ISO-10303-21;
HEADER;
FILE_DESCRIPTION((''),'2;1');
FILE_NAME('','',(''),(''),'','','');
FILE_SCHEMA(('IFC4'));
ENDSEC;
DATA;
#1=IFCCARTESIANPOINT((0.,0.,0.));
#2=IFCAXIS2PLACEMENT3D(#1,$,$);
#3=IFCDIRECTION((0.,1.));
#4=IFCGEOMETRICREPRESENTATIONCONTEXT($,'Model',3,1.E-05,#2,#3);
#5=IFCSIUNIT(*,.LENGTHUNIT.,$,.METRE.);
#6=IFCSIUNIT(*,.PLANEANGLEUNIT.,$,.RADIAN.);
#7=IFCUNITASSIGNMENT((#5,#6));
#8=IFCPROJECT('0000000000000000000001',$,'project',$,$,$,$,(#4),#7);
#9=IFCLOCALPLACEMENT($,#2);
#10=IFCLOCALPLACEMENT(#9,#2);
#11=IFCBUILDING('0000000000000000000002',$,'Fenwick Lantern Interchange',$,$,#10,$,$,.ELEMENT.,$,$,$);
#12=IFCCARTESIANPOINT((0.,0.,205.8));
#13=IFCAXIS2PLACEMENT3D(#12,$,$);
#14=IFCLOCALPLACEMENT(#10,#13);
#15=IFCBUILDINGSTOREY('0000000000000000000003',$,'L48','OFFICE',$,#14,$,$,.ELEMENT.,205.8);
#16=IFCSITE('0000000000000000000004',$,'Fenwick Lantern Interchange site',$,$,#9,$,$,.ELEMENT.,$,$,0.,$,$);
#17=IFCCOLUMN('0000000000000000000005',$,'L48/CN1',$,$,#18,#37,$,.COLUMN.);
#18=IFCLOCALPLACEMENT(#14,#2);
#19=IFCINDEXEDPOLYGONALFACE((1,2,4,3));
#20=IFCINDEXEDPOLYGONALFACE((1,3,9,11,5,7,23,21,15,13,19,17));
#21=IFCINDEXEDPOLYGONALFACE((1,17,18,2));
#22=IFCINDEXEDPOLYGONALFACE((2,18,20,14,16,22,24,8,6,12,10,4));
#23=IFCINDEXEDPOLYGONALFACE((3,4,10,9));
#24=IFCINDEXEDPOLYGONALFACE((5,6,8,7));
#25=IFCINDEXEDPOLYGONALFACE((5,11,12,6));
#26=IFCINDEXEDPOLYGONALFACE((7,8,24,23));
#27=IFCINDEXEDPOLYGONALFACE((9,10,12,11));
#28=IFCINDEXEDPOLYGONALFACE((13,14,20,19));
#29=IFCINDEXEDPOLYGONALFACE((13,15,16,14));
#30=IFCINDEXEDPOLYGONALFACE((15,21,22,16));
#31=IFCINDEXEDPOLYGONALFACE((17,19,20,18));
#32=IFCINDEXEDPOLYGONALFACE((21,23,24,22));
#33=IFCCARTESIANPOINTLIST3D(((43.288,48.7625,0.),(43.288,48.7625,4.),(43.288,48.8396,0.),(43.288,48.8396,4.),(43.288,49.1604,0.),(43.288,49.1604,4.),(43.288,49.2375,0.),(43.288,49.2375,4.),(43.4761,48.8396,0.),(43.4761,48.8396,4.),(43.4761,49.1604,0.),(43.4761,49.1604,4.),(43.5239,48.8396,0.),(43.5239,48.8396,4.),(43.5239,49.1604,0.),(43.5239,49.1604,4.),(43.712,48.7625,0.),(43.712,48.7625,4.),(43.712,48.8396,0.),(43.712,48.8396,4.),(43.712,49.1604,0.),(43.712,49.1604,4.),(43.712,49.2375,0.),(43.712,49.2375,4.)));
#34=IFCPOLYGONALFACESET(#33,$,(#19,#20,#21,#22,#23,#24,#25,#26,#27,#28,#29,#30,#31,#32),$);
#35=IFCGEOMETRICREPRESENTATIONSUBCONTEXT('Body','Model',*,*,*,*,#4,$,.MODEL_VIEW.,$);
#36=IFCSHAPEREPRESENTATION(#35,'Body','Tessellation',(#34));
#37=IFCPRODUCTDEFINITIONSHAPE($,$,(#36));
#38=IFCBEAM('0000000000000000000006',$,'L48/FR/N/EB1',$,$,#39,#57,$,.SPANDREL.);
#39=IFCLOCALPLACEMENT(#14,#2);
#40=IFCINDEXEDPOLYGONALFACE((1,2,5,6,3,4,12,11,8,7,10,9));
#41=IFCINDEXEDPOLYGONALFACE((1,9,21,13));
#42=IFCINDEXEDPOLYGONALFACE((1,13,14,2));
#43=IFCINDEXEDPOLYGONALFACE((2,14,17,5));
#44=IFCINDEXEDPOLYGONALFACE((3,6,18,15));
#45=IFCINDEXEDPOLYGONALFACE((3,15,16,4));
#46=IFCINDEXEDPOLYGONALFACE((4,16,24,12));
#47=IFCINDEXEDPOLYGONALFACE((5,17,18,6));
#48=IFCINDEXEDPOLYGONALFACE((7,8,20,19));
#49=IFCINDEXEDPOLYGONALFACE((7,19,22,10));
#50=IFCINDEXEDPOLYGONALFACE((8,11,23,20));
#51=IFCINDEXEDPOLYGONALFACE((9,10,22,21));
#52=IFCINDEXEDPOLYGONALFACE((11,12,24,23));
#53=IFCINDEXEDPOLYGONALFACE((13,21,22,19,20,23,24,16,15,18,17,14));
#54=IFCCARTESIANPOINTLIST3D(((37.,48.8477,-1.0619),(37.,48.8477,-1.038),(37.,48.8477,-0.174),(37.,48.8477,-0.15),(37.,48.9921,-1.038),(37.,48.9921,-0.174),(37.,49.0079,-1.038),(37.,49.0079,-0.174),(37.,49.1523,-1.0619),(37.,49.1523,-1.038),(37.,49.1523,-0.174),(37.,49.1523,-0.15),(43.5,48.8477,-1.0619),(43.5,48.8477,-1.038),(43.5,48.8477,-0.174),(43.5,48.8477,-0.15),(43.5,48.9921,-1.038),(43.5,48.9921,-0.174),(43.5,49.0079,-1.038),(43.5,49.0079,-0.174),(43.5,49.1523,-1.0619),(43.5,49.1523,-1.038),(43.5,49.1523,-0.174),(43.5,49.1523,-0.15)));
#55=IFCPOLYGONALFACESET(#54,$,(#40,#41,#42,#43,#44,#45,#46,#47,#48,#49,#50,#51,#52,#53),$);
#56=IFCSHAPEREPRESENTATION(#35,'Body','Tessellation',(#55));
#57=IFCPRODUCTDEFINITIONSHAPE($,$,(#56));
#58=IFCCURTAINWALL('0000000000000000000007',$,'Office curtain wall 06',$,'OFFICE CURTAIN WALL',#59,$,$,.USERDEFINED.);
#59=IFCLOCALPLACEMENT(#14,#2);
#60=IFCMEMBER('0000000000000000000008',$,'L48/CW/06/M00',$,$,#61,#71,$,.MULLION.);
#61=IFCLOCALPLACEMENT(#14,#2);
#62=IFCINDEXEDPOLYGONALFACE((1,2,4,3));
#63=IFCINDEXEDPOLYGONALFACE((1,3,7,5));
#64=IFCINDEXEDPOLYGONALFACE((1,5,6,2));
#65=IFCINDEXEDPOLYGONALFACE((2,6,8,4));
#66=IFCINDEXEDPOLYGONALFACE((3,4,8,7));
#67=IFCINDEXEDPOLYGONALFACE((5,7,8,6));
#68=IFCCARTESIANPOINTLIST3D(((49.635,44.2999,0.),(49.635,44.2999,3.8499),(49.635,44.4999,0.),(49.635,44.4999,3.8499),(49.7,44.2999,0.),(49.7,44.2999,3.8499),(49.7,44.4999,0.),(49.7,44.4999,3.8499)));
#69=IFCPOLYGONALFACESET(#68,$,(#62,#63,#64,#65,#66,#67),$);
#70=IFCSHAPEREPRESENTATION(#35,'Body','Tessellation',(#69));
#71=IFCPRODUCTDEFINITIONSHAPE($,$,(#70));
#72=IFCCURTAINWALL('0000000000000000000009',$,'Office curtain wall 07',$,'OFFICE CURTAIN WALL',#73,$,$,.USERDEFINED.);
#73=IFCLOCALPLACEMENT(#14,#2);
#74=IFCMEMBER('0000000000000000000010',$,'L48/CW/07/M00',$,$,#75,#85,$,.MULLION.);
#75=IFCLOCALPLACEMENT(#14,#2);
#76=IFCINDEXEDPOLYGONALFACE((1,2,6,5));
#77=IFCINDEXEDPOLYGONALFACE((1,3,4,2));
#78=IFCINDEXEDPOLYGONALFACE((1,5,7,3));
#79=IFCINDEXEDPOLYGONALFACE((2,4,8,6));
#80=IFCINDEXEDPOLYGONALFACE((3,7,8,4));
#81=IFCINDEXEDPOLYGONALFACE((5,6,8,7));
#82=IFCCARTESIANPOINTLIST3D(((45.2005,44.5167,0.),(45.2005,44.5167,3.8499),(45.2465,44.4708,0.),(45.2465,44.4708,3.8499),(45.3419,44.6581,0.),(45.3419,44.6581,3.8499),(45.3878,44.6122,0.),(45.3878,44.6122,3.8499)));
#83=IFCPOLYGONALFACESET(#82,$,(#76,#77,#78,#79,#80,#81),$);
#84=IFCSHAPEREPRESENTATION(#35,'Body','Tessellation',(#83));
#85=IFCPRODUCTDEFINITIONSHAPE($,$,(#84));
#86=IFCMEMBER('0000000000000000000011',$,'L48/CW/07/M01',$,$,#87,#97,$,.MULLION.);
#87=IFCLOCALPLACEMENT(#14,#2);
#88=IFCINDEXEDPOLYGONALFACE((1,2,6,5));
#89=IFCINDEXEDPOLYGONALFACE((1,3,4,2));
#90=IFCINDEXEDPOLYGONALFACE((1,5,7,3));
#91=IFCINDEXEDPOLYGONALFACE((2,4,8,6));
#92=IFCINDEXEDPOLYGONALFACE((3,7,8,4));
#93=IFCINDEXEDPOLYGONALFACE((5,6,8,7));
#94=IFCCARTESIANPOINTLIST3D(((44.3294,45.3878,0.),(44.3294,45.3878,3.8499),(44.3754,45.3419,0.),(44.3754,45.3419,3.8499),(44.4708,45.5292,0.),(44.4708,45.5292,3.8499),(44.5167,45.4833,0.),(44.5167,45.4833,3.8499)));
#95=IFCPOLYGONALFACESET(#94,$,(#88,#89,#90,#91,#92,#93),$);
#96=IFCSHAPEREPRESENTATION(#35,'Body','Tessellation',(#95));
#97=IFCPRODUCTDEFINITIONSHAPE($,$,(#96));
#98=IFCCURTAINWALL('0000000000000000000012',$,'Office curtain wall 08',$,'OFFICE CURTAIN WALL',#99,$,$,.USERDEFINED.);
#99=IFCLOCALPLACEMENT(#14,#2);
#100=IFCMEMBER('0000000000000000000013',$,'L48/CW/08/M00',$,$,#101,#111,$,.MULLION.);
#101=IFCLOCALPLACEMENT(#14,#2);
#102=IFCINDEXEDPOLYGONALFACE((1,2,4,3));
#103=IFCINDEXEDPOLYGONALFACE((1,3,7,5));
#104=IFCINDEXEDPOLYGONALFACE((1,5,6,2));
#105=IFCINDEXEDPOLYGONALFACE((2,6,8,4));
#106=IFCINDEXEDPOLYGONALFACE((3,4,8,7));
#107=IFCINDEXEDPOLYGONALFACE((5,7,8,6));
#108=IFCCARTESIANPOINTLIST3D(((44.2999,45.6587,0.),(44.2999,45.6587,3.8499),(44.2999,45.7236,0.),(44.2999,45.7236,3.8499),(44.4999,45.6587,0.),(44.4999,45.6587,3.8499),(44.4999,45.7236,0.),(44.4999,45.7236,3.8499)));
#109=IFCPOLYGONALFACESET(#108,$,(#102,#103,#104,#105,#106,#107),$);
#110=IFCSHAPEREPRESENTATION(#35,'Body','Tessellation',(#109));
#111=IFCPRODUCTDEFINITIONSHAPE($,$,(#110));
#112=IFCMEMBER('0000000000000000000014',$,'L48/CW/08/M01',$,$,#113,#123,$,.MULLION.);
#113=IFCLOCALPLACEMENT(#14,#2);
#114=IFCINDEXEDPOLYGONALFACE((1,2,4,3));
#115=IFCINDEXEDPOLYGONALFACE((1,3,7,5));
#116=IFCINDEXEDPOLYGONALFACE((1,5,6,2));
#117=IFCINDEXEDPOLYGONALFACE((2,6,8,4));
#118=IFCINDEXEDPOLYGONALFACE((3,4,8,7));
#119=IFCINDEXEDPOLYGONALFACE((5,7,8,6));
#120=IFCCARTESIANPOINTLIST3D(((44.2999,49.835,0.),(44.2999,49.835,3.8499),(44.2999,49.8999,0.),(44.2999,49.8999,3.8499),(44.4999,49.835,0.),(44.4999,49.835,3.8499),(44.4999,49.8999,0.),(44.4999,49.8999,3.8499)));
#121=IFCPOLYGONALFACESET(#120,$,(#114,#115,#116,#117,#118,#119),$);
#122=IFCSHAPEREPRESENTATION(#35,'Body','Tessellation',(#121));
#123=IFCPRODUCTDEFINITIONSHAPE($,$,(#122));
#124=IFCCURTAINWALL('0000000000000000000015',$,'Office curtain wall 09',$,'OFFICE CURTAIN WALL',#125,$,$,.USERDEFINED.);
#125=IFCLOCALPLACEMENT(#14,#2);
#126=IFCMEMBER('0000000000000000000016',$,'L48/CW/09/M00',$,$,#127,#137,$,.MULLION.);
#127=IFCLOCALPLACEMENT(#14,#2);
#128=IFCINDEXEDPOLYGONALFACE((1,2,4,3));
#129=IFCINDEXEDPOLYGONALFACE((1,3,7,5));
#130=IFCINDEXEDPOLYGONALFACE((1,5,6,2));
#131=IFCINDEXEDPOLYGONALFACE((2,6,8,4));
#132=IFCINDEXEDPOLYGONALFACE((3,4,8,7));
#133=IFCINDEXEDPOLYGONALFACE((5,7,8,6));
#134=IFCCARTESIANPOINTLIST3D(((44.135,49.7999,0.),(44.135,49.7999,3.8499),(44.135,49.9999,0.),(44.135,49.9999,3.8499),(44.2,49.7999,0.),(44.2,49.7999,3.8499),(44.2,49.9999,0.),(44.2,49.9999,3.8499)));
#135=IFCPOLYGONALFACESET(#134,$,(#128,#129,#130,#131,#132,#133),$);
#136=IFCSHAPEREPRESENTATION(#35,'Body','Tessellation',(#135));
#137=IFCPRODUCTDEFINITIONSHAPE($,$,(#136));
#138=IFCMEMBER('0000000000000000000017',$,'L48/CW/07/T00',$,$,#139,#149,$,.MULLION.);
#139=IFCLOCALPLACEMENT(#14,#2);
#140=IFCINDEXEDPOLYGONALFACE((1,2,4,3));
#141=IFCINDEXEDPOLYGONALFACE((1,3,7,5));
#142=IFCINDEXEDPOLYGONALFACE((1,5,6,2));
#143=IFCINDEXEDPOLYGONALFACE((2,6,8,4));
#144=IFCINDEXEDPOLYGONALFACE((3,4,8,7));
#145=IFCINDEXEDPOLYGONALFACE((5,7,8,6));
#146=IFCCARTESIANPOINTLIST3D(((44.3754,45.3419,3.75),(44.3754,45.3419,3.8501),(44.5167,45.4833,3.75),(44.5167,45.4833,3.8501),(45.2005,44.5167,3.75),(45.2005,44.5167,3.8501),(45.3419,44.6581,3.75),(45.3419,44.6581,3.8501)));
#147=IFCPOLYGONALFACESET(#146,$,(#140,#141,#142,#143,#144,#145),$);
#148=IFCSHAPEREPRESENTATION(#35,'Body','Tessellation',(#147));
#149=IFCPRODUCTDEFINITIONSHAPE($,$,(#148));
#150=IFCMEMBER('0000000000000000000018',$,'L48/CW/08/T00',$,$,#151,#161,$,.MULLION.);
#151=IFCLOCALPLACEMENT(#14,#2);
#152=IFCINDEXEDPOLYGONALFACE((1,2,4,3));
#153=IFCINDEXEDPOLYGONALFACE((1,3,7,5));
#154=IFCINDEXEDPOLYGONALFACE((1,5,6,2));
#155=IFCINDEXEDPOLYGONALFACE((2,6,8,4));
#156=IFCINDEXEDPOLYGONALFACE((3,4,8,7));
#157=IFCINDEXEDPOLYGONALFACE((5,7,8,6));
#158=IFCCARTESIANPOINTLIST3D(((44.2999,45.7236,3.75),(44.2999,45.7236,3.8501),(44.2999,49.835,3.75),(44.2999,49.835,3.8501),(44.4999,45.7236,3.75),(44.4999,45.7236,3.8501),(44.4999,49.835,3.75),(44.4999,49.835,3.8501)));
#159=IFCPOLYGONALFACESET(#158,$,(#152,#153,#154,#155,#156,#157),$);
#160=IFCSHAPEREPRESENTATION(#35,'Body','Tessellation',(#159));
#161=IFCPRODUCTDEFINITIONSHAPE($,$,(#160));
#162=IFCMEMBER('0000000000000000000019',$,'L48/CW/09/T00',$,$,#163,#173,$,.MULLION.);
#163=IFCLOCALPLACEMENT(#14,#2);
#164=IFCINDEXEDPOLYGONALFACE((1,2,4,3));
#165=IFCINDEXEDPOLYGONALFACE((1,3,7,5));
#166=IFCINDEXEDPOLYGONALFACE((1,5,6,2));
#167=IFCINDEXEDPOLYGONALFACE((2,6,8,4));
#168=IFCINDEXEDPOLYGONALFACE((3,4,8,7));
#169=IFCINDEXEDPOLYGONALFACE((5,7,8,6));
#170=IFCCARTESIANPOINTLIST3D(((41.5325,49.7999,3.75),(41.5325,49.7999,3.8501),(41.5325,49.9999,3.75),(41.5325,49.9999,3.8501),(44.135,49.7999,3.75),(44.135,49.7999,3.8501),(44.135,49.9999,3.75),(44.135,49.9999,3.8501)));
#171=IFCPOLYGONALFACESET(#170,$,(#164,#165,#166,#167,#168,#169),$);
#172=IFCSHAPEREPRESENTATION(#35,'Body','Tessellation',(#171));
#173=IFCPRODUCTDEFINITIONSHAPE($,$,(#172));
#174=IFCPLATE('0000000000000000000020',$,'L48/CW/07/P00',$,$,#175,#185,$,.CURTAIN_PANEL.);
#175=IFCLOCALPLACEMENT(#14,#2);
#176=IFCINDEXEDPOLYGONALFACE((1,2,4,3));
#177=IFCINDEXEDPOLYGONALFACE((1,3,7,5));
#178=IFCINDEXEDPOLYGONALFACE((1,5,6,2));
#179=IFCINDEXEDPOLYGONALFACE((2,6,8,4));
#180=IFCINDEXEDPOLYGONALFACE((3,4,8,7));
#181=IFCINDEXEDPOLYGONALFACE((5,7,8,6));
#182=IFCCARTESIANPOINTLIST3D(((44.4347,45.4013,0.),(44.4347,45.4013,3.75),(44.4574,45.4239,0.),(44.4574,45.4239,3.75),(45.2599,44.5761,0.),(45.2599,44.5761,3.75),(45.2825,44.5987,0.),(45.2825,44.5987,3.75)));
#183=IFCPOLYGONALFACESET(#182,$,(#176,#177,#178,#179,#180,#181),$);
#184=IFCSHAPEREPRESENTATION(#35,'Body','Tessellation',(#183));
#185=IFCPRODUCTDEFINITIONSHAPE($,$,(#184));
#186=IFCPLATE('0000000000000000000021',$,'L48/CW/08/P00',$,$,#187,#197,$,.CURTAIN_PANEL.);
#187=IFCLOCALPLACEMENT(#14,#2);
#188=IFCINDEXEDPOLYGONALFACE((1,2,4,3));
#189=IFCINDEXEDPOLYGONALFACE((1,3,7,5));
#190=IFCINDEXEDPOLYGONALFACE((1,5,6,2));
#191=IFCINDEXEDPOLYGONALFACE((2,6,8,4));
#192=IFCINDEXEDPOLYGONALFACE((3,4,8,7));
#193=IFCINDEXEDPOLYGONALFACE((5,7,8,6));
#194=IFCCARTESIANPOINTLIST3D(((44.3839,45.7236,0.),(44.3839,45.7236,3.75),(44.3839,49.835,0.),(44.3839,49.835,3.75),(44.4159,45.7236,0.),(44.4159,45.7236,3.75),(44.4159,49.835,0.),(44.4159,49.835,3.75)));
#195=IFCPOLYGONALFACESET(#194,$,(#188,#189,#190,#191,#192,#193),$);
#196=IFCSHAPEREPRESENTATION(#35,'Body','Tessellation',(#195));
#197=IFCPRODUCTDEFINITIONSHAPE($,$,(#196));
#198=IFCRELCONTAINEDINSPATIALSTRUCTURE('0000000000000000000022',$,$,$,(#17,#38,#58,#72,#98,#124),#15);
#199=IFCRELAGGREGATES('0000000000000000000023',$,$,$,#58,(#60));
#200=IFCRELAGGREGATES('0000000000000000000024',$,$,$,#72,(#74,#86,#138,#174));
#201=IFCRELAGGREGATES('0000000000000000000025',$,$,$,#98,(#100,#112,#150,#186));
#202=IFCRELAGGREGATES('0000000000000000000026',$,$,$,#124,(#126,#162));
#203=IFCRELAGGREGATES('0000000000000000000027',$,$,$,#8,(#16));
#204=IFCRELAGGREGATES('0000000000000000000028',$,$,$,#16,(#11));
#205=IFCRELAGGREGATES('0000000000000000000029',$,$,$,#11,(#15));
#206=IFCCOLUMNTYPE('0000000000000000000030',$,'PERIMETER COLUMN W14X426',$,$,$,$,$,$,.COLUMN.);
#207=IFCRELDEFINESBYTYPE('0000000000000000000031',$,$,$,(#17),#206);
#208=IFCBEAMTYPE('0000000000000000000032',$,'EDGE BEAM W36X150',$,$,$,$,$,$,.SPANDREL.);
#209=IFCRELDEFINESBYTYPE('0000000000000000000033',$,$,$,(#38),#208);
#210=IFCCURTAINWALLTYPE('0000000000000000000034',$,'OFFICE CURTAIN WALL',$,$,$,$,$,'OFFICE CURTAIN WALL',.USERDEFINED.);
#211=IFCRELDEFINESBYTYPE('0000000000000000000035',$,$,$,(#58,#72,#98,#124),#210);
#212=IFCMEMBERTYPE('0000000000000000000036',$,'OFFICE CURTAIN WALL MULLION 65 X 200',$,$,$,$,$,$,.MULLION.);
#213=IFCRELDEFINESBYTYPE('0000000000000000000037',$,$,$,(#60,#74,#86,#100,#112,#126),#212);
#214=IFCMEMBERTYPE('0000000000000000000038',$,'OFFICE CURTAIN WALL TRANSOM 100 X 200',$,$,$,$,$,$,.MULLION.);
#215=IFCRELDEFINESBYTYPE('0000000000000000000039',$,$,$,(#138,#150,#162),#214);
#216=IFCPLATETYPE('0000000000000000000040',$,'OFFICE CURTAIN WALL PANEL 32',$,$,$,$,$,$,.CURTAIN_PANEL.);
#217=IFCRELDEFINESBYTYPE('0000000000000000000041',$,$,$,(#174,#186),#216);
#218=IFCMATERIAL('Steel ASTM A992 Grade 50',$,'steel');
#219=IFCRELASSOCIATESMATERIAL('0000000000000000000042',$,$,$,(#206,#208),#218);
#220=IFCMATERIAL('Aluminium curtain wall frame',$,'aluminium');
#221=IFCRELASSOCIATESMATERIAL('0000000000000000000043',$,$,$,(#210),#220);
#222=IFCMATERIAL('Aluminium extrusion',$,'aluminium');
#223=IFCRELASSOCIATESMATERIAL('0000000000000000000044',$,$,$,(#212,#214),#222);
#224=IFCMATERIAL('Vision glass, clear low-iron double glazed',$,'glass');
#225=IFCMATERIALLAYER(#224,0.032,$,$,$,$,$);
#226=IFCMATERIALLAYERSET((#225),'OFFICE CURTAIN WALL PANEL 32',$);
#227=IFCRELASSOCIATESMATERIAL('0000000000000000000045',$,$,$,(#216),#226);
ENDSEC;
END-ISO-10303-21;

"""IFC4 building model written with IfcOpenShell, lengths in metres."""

from ifc_helpers import new_model, si_unit, direction, frame, origin, origin_2d, place, context, subcontext, project, spatial, rectangle, i_section, extrude, material, layer, layer_set, material_profile, profile_set, type_object, element, aggregate, save


model = new_model("IFC4")

# Units and contexts
model_context = context("Model", 3, precision=1e-05, world=origin(), true_north=direction((0.0, 1.0)))
body_context = subcontext(model_context, "Body", "Model", "MODEL_VIEW")
ifc_project = project(units=[si_unit("LENGTHUNIT", "METRE"), si_unit("PLANEANGLEUNIT", "RADIAN")], contexts=[model_context])

# Site, building, storey
site_placement = place(None, origin())
site = spatial("IfcSite", under=ifc_project, at=site_placement, Name="Fenwick Lantern Interchange site", CompositionType="ELEMENT", RefElevation=0.0)
building_placement = place(site_placement, origin())
building = spatial("IfcBuilding", under=site, at=building_placement, Name="Fenwick Lantern Interchange", CompositionType="ELEMENT")
storey_placement = place(building_placement, frame((0.0, 0.0, 205.8)))
storey = spatial("IfcBuildingStorey", under=building, at=storey_placement, Name="L48", Description="OFFICE", CompositionType="ELEMENT", Elevation=205.8)

# Column
ifc_material_1 = material(Name="Steel ASTM A992 Grade 50", Category="steel")
ifc_material_profile_1 = material_profile(ifc_material_1, i_section(OverallWidth=0.4241, OverallDepth=0.4751, WebThickness=0.0479, FlangeThickness=0.0771, at=origin_2d()), Name="W14X426")
ifc_profile_set_1 = profile_set([ifc_material_profile_1], Name="Steel ASTM A992 Grade 50")
column_type = type_object("IfcColumnType", Name="PERIMETER COLUMN W14X426", PredefinedType="COLUMN", material=ifc_profile_set_1)
column_placement = place(storey_placement, frame((43.5, 49.0, 0.0), z_axis=(0.0, 0.0, 1.0), x_axis=(1.0, 0.0, 0.0)))
element("IfcColumn", 1, at=column_placement, inside=storey, type_object=column_type, Name="L48/CN1", PredefinedType="COLUMN", context=body_context, shape_type="SweptSolid", body=[
    extrude(i_section(OverallWidth=0.4241, OverallDepth=0.4751, WebThickness=0.0479, FlangeThickness=0.0771, at=origin_2d()), origin(), (0.0, 0.0, 1.0), 4.0),
])

# Beam
ifc_material_profile_2 = material_profile(ifc_material_1, i_section(OverallWidth=0.3047, OverallDepth=0.9119, WebThickness=0.0159, FlangeThickness=0.0239, at=origin_2d()), Name="W36X150")
ifc_profile_set_2 = profile_set([ifc_material_profile_2], Name="Steel ASTM A992 Grade 50")
beam_type = type_object("IfcBeamType", Name="EDGE BEAM W36X150", PredefinedType="SPANDREL", material=ifc_profile_set_2)
beam_placement = place(storey_placement, frame((43.5, 49.0, -0.606), z_axis=(-1.0, 0.0, 0.0), x_axis=(0.0, -1.0, 0.0)))
element("IfcBeam", 2, at=beam_placement, inside=storey, type_object=beam_type, Name="L48/FR/N/EB1", PredefinedType="SPANDREL", context=body_context, shape_type="SweptSolid", body=[
    extrude(i_section(OverallWidth=0.3047, OverallDepth=0.9119, WebThickness=0.0159, FlangeThickness=0.0239, at=origin_2d()), origin(), (0.0, 0.0, 1.0), 6.5),
])

# Curtain wall, member
ifc_material_2 = material(Name="Aluminium curtain wall frame", Category="aluminium")
curtain_wall_type = type_object("IfcCurtainWallType", Name="OFFICE CURTAIN WALL", ElementType="OFFICE CURTAIN WALL", PredefinedType="USERDEFINED", material=ifc_material_2)
curtain_wall_1_placement = place(storey_placement, origin())
curtain_wall_1 = element("IfcCurtainWall", 3, at=curtain_wall_1_placement, inside=storey, type_object=curtain_wall_type, Name="Office curtain wall 06", ObjectType="OFFICE CURTAIN WALL", PredefinedType="USERDEFINED")
ifc_material_3 = material(Name="Aluminium extrusion", Category="aluminium")
ifc_material_profile_3 = material_profile(ifc_material_3, rectangle(XDim=0.2, YDim=0.0649, at=origin_2d()), Name="OFFICE CURTAIN WALL MULLION 65 X 200")
ifc_profile_set_3 = profile_set([ifc_material_profile_3], Name="Aluminium extrusion")
member_type_1 = type_object("IfcMemberType", Name="OFFICE CURTAIN WALL MULLION 65 X 200", PredefinedType="MULLION", material=ifc_profile_set_3)
member_1_placement = place(storey_placement, frame((49.6675, 44.3999, 0.0), z_axis=(0.0, 0.0, 1.0), x_axis=(0.0, -1.0, 0.0)))
member_1 = element("IfcMember", 4, at=member_1_placement, type_object=member_type_1, Name="L48/CW/06/M00", PredefinedType="MULLION", context=body_context, shape_type="SweptSolid", body=[
    extrude(rectangle(XDim=0.2, YDim=0.0649, at=origin_2d()), origin(), (0.0, 0.0, 1.0), 3.8499),
])
aggregate(curtain_wall_1, [member_1])

# Curtain walls, members
curtain_wall_2_placement = place(storey_placement, origin())
curtain_wall_2 = element("IfcCurtainWall", 5, at=curtain_wall_2_placement, inside=storey, type_object=curtain_wall_type, Name="Office curtain wall 07", ObjectType="OFFICE CURTAIN WALL", PredefinedType="USERDEFINED")
member_2_placement = place(storey_placement, frame((45.2942, 44.5645, 0.0), z_axis=(0.0, 0.0, 1.0), x_axis=(-0.707107, -0.707107, 0.0)))
member_2 = element("IfcMember", 6, at=member_2_placement, type_object=member_type_1, Name="L48/CW/07/M00", PredefinedType="MULLION", context=body_context, shape_type="SweptSolid", body=[
    extrude(rectangle(XDim=0.2, YDim=0.0649, at=origin_2d()), origin(), (0.0, 0.0, 1.0), 3.8499),
])
member_3_placement = place(storey_placement, frame((44.4231, 45.4355, 0.0), z_axis=(0.0, 0.0, 1.0), x_axis=(-0.707107, -0.707107, 0.0)))
member_3 = element("IfcMember", 7, at=member_3_placement, type_object=member_type_1, Name="L48/CW/07/M01", PredefinedType="MULLION", context=body_context, shape_type="SweptSolid", body=[
    extrude(rectangle(XDim=0.2, YDim=0.0649, at=origin_2d()), origin(), (0.0, 0.0, 1.0), 3.8499),
])
curtain_wall_3_placement = place(storey_placement, origin())
curtain_wall_3 = element("IfcCurtainWall", 8, at=curtain_wall_3_placement, inside=storey, type_object=curtain_wall_type, Name="Office curtain wall 08", ObjectType="OFFICE CURTAIN WALL", PredefinedType="USERDEFINED")
member_4_placement = place(storey_placement, frame((44.3999, 45.6912, 0.0), z_axis=(0.0, 0.0, 1.0), x_axis=(-1.0, 0.0, 0.0)))
member_4 = element("IfcMember", 9, at=member_4_placement, type_object=member_type_1, Name="L48/CW/08/M00", PredefinedType="MULLION", context=body_context, shape_type="SweptSolid", body=[
    extrude(rectangle(XDim=0.2, YDim=0.0649, at=origin_2d()), origin(), (0.0, 0.0, 1.0), 3.8499),
])
member_5_placement = place(storey_placement, frame((44.3999, 49.8674, 0.0), z_axis=(0.0, 0.0, 1.0), x_axis=(-1.0, 0.0, 0.0)))
member_5 = element("IfcMember", 10, at=member_5_placement, type_object=member_type_1, Name="L48/CW/08/M01", PredefinedType="MULLION", context=body_context, shape_type="SweptSolid", body=[
    extrude(rectangle(XDim=0.2, YDim=0.0649, at=origin_2d()), origin(), (0.0, 0.0, 1.0), 3.8499),
])

# Curtain wall, member
curtain_wall_4_placement = place(storey_placement, origin())
curtain_wall_4 = element("IfcCurtainWall", 11, at=curtain_wall_4_placement, inside=storey, type_object=curtain_wall_type, Name="Office curtain wall 09", ObjectType="OFFICE CURTAIN WALL", PredefinedType="USERDEFINED")
member_6_placement = place(storey_placement, frame((44.1675, 49.8999, 0.0), z_axis=(0.0, 0.0, 1.0), x_axis=(0.0, -1.0, 0.0)))
member_6 = element("IfcMember", 12, at=member_6_placement, type_object=member_type_1, Name="L48/CW/09/M00", PredefinedType="MULLION", context=body_context, shape_type="SweptSolid", body=[
    extrude(rectangle(XDim=0.2, YDim=0.0649, at=origin_2d()), origin(), (0.0, 0.0, 1.0), 3.8499),
])

# Members
ifc_material_profile_4 = material_profile(ifc_material_3, rectangle(XDim=0.2, YDim=0.1001, at=origin_2d()), Name="OFFICE CURTAIN WALL TRANSOM 100 X 200")
ifc_profile_set_4 = profile_set([ifc_material_profile_4], Name="Aluminium extrusion")
member_type_2 = type_object("IfcMemberType", Name="OFFICE CURTAIN WALL TRANSOM 100 X 200", PredefinedType="MULLION", material=ifc_profile_set_4)
member_7_placement = place(storey_placement, frame((45.2712, 44.5874, 3.8), z_axis=(-0.707107, 0.707107, 0.0), x_axis=(-0.707107, -0.707107, 0.0)))
member_7 = element("IfcMember", 13, at=member_7_placement, type_object=member_type_2, Name="L48/CW/07/T00", PredefinedType="MULLION", context=body_context, shape_type="SweptSolid", body=[
    extrude(rectangle(XDim=0.2, YDim=0.1001, at=origin_2d()), origin(), (0.0, 0.0, 1.0), 1.167),
])
member_8_placement = place(storey_placement, frame((44.3999, 45.7236, 3.8), z_axis=(0.0, 1.0, 0.0), x_axis=(-1.0, 0.0, 0.0)))
member_8 = element("IfcMember", 14, at=member_8_placement, type_object=member_type_2, Name="L48/CW/08/T00", PredefinedType="MULLION", context=body_context, shape_type="SweptSolid", body=[
    extrude(rectangle(XDim=0.2, YDim=0.1001, at=origin_2d()), origin(), (0.0, 0.0, 1.0), 4.1113),
])
member_9_placement = place(storey_placement, frame((44.135, 49.8999, 3.8), z_axis=(-1.0, 0.0, 0.0), x_axis=(0.0, -1.0, 0.0)))
member_9 = element("IfcMember", 15, at=member_9_placement, type_object=member_type_2, Name="L48/CW/09/T00", PredefinedType="MULLION", context=body_context, shape_type="SweptSolid", body=[
    extrude(rectangle(XDim=0.2, YDim=0.1001, at=origin_2d()), origin(), (0.0, 0.0, 1.0), 2.6025),
])

# Plates
ifc_material_4 = material(Name="Vision glass, clear low-iron double glazed", Category="glass")
ifc_layer_1 = layer(ifc_material_4, 0.032)
ifc_layer_set_1 = layer_set([ifc_layer_1], Name="OFFICE CURTAIN WALL PANEL 32")
plate_type = type_object("IfcPlateType", Name="OFFICE CURTAIN WALL PANEL 32", PredefinedType="CURTAIN_PANEL", material=ifc_layer_set_1)
plate_1_placement = place(storey_placement, frame((44.8586, 45.0, 0.0), z_axis=(0.0, 0.0, 1.0), x_axis=(-0.707107, 0.707107, 0.0)))
plate_1 = element("IfcPlate", 16, at=plate_1_placement, type_object=plate_type, Name="L48/CW/07/P00", PredefinedType="CURTAIN_PANEL", context=body_context, shape_type="SweptSolid", body=[
    extrude(rectangle(XDim=1.167, YDim=0.032, at=origin_2d()), origin(), (0.0, 0.0, 1.0), 3.75),
])
aggregate(curtain_wall_2, [member_2, member_3, member_7, plate_1])
plate_2_placement = place(storey_placement, frame((44.3999, 47.7793, 0.0), z_axis=(0.0, 0.0, 1.0), x_axis=(0.0, 1.0, 0.0)))
plate_2 = element("IfcPlate", 17, at=plate_2_placement, type_object=plate_type, Name="L48/CW/08/P00", PredefinedType="CURTAIN_PANEL", context=body_context, shape_type="SweptSolid", body=[
    extrude(rectangle(XDim=4.1113, YDim=0.032, at=origin_2d()), origin(), (0.0, 0.0, 1.0), 3.75),
])
aggregate(curtain_wall_3, [member_4, member_5, member_8, plate_2])
aggregate(curtain_wall_4, [member_6, member_9])

save(model, "model.ifc")
